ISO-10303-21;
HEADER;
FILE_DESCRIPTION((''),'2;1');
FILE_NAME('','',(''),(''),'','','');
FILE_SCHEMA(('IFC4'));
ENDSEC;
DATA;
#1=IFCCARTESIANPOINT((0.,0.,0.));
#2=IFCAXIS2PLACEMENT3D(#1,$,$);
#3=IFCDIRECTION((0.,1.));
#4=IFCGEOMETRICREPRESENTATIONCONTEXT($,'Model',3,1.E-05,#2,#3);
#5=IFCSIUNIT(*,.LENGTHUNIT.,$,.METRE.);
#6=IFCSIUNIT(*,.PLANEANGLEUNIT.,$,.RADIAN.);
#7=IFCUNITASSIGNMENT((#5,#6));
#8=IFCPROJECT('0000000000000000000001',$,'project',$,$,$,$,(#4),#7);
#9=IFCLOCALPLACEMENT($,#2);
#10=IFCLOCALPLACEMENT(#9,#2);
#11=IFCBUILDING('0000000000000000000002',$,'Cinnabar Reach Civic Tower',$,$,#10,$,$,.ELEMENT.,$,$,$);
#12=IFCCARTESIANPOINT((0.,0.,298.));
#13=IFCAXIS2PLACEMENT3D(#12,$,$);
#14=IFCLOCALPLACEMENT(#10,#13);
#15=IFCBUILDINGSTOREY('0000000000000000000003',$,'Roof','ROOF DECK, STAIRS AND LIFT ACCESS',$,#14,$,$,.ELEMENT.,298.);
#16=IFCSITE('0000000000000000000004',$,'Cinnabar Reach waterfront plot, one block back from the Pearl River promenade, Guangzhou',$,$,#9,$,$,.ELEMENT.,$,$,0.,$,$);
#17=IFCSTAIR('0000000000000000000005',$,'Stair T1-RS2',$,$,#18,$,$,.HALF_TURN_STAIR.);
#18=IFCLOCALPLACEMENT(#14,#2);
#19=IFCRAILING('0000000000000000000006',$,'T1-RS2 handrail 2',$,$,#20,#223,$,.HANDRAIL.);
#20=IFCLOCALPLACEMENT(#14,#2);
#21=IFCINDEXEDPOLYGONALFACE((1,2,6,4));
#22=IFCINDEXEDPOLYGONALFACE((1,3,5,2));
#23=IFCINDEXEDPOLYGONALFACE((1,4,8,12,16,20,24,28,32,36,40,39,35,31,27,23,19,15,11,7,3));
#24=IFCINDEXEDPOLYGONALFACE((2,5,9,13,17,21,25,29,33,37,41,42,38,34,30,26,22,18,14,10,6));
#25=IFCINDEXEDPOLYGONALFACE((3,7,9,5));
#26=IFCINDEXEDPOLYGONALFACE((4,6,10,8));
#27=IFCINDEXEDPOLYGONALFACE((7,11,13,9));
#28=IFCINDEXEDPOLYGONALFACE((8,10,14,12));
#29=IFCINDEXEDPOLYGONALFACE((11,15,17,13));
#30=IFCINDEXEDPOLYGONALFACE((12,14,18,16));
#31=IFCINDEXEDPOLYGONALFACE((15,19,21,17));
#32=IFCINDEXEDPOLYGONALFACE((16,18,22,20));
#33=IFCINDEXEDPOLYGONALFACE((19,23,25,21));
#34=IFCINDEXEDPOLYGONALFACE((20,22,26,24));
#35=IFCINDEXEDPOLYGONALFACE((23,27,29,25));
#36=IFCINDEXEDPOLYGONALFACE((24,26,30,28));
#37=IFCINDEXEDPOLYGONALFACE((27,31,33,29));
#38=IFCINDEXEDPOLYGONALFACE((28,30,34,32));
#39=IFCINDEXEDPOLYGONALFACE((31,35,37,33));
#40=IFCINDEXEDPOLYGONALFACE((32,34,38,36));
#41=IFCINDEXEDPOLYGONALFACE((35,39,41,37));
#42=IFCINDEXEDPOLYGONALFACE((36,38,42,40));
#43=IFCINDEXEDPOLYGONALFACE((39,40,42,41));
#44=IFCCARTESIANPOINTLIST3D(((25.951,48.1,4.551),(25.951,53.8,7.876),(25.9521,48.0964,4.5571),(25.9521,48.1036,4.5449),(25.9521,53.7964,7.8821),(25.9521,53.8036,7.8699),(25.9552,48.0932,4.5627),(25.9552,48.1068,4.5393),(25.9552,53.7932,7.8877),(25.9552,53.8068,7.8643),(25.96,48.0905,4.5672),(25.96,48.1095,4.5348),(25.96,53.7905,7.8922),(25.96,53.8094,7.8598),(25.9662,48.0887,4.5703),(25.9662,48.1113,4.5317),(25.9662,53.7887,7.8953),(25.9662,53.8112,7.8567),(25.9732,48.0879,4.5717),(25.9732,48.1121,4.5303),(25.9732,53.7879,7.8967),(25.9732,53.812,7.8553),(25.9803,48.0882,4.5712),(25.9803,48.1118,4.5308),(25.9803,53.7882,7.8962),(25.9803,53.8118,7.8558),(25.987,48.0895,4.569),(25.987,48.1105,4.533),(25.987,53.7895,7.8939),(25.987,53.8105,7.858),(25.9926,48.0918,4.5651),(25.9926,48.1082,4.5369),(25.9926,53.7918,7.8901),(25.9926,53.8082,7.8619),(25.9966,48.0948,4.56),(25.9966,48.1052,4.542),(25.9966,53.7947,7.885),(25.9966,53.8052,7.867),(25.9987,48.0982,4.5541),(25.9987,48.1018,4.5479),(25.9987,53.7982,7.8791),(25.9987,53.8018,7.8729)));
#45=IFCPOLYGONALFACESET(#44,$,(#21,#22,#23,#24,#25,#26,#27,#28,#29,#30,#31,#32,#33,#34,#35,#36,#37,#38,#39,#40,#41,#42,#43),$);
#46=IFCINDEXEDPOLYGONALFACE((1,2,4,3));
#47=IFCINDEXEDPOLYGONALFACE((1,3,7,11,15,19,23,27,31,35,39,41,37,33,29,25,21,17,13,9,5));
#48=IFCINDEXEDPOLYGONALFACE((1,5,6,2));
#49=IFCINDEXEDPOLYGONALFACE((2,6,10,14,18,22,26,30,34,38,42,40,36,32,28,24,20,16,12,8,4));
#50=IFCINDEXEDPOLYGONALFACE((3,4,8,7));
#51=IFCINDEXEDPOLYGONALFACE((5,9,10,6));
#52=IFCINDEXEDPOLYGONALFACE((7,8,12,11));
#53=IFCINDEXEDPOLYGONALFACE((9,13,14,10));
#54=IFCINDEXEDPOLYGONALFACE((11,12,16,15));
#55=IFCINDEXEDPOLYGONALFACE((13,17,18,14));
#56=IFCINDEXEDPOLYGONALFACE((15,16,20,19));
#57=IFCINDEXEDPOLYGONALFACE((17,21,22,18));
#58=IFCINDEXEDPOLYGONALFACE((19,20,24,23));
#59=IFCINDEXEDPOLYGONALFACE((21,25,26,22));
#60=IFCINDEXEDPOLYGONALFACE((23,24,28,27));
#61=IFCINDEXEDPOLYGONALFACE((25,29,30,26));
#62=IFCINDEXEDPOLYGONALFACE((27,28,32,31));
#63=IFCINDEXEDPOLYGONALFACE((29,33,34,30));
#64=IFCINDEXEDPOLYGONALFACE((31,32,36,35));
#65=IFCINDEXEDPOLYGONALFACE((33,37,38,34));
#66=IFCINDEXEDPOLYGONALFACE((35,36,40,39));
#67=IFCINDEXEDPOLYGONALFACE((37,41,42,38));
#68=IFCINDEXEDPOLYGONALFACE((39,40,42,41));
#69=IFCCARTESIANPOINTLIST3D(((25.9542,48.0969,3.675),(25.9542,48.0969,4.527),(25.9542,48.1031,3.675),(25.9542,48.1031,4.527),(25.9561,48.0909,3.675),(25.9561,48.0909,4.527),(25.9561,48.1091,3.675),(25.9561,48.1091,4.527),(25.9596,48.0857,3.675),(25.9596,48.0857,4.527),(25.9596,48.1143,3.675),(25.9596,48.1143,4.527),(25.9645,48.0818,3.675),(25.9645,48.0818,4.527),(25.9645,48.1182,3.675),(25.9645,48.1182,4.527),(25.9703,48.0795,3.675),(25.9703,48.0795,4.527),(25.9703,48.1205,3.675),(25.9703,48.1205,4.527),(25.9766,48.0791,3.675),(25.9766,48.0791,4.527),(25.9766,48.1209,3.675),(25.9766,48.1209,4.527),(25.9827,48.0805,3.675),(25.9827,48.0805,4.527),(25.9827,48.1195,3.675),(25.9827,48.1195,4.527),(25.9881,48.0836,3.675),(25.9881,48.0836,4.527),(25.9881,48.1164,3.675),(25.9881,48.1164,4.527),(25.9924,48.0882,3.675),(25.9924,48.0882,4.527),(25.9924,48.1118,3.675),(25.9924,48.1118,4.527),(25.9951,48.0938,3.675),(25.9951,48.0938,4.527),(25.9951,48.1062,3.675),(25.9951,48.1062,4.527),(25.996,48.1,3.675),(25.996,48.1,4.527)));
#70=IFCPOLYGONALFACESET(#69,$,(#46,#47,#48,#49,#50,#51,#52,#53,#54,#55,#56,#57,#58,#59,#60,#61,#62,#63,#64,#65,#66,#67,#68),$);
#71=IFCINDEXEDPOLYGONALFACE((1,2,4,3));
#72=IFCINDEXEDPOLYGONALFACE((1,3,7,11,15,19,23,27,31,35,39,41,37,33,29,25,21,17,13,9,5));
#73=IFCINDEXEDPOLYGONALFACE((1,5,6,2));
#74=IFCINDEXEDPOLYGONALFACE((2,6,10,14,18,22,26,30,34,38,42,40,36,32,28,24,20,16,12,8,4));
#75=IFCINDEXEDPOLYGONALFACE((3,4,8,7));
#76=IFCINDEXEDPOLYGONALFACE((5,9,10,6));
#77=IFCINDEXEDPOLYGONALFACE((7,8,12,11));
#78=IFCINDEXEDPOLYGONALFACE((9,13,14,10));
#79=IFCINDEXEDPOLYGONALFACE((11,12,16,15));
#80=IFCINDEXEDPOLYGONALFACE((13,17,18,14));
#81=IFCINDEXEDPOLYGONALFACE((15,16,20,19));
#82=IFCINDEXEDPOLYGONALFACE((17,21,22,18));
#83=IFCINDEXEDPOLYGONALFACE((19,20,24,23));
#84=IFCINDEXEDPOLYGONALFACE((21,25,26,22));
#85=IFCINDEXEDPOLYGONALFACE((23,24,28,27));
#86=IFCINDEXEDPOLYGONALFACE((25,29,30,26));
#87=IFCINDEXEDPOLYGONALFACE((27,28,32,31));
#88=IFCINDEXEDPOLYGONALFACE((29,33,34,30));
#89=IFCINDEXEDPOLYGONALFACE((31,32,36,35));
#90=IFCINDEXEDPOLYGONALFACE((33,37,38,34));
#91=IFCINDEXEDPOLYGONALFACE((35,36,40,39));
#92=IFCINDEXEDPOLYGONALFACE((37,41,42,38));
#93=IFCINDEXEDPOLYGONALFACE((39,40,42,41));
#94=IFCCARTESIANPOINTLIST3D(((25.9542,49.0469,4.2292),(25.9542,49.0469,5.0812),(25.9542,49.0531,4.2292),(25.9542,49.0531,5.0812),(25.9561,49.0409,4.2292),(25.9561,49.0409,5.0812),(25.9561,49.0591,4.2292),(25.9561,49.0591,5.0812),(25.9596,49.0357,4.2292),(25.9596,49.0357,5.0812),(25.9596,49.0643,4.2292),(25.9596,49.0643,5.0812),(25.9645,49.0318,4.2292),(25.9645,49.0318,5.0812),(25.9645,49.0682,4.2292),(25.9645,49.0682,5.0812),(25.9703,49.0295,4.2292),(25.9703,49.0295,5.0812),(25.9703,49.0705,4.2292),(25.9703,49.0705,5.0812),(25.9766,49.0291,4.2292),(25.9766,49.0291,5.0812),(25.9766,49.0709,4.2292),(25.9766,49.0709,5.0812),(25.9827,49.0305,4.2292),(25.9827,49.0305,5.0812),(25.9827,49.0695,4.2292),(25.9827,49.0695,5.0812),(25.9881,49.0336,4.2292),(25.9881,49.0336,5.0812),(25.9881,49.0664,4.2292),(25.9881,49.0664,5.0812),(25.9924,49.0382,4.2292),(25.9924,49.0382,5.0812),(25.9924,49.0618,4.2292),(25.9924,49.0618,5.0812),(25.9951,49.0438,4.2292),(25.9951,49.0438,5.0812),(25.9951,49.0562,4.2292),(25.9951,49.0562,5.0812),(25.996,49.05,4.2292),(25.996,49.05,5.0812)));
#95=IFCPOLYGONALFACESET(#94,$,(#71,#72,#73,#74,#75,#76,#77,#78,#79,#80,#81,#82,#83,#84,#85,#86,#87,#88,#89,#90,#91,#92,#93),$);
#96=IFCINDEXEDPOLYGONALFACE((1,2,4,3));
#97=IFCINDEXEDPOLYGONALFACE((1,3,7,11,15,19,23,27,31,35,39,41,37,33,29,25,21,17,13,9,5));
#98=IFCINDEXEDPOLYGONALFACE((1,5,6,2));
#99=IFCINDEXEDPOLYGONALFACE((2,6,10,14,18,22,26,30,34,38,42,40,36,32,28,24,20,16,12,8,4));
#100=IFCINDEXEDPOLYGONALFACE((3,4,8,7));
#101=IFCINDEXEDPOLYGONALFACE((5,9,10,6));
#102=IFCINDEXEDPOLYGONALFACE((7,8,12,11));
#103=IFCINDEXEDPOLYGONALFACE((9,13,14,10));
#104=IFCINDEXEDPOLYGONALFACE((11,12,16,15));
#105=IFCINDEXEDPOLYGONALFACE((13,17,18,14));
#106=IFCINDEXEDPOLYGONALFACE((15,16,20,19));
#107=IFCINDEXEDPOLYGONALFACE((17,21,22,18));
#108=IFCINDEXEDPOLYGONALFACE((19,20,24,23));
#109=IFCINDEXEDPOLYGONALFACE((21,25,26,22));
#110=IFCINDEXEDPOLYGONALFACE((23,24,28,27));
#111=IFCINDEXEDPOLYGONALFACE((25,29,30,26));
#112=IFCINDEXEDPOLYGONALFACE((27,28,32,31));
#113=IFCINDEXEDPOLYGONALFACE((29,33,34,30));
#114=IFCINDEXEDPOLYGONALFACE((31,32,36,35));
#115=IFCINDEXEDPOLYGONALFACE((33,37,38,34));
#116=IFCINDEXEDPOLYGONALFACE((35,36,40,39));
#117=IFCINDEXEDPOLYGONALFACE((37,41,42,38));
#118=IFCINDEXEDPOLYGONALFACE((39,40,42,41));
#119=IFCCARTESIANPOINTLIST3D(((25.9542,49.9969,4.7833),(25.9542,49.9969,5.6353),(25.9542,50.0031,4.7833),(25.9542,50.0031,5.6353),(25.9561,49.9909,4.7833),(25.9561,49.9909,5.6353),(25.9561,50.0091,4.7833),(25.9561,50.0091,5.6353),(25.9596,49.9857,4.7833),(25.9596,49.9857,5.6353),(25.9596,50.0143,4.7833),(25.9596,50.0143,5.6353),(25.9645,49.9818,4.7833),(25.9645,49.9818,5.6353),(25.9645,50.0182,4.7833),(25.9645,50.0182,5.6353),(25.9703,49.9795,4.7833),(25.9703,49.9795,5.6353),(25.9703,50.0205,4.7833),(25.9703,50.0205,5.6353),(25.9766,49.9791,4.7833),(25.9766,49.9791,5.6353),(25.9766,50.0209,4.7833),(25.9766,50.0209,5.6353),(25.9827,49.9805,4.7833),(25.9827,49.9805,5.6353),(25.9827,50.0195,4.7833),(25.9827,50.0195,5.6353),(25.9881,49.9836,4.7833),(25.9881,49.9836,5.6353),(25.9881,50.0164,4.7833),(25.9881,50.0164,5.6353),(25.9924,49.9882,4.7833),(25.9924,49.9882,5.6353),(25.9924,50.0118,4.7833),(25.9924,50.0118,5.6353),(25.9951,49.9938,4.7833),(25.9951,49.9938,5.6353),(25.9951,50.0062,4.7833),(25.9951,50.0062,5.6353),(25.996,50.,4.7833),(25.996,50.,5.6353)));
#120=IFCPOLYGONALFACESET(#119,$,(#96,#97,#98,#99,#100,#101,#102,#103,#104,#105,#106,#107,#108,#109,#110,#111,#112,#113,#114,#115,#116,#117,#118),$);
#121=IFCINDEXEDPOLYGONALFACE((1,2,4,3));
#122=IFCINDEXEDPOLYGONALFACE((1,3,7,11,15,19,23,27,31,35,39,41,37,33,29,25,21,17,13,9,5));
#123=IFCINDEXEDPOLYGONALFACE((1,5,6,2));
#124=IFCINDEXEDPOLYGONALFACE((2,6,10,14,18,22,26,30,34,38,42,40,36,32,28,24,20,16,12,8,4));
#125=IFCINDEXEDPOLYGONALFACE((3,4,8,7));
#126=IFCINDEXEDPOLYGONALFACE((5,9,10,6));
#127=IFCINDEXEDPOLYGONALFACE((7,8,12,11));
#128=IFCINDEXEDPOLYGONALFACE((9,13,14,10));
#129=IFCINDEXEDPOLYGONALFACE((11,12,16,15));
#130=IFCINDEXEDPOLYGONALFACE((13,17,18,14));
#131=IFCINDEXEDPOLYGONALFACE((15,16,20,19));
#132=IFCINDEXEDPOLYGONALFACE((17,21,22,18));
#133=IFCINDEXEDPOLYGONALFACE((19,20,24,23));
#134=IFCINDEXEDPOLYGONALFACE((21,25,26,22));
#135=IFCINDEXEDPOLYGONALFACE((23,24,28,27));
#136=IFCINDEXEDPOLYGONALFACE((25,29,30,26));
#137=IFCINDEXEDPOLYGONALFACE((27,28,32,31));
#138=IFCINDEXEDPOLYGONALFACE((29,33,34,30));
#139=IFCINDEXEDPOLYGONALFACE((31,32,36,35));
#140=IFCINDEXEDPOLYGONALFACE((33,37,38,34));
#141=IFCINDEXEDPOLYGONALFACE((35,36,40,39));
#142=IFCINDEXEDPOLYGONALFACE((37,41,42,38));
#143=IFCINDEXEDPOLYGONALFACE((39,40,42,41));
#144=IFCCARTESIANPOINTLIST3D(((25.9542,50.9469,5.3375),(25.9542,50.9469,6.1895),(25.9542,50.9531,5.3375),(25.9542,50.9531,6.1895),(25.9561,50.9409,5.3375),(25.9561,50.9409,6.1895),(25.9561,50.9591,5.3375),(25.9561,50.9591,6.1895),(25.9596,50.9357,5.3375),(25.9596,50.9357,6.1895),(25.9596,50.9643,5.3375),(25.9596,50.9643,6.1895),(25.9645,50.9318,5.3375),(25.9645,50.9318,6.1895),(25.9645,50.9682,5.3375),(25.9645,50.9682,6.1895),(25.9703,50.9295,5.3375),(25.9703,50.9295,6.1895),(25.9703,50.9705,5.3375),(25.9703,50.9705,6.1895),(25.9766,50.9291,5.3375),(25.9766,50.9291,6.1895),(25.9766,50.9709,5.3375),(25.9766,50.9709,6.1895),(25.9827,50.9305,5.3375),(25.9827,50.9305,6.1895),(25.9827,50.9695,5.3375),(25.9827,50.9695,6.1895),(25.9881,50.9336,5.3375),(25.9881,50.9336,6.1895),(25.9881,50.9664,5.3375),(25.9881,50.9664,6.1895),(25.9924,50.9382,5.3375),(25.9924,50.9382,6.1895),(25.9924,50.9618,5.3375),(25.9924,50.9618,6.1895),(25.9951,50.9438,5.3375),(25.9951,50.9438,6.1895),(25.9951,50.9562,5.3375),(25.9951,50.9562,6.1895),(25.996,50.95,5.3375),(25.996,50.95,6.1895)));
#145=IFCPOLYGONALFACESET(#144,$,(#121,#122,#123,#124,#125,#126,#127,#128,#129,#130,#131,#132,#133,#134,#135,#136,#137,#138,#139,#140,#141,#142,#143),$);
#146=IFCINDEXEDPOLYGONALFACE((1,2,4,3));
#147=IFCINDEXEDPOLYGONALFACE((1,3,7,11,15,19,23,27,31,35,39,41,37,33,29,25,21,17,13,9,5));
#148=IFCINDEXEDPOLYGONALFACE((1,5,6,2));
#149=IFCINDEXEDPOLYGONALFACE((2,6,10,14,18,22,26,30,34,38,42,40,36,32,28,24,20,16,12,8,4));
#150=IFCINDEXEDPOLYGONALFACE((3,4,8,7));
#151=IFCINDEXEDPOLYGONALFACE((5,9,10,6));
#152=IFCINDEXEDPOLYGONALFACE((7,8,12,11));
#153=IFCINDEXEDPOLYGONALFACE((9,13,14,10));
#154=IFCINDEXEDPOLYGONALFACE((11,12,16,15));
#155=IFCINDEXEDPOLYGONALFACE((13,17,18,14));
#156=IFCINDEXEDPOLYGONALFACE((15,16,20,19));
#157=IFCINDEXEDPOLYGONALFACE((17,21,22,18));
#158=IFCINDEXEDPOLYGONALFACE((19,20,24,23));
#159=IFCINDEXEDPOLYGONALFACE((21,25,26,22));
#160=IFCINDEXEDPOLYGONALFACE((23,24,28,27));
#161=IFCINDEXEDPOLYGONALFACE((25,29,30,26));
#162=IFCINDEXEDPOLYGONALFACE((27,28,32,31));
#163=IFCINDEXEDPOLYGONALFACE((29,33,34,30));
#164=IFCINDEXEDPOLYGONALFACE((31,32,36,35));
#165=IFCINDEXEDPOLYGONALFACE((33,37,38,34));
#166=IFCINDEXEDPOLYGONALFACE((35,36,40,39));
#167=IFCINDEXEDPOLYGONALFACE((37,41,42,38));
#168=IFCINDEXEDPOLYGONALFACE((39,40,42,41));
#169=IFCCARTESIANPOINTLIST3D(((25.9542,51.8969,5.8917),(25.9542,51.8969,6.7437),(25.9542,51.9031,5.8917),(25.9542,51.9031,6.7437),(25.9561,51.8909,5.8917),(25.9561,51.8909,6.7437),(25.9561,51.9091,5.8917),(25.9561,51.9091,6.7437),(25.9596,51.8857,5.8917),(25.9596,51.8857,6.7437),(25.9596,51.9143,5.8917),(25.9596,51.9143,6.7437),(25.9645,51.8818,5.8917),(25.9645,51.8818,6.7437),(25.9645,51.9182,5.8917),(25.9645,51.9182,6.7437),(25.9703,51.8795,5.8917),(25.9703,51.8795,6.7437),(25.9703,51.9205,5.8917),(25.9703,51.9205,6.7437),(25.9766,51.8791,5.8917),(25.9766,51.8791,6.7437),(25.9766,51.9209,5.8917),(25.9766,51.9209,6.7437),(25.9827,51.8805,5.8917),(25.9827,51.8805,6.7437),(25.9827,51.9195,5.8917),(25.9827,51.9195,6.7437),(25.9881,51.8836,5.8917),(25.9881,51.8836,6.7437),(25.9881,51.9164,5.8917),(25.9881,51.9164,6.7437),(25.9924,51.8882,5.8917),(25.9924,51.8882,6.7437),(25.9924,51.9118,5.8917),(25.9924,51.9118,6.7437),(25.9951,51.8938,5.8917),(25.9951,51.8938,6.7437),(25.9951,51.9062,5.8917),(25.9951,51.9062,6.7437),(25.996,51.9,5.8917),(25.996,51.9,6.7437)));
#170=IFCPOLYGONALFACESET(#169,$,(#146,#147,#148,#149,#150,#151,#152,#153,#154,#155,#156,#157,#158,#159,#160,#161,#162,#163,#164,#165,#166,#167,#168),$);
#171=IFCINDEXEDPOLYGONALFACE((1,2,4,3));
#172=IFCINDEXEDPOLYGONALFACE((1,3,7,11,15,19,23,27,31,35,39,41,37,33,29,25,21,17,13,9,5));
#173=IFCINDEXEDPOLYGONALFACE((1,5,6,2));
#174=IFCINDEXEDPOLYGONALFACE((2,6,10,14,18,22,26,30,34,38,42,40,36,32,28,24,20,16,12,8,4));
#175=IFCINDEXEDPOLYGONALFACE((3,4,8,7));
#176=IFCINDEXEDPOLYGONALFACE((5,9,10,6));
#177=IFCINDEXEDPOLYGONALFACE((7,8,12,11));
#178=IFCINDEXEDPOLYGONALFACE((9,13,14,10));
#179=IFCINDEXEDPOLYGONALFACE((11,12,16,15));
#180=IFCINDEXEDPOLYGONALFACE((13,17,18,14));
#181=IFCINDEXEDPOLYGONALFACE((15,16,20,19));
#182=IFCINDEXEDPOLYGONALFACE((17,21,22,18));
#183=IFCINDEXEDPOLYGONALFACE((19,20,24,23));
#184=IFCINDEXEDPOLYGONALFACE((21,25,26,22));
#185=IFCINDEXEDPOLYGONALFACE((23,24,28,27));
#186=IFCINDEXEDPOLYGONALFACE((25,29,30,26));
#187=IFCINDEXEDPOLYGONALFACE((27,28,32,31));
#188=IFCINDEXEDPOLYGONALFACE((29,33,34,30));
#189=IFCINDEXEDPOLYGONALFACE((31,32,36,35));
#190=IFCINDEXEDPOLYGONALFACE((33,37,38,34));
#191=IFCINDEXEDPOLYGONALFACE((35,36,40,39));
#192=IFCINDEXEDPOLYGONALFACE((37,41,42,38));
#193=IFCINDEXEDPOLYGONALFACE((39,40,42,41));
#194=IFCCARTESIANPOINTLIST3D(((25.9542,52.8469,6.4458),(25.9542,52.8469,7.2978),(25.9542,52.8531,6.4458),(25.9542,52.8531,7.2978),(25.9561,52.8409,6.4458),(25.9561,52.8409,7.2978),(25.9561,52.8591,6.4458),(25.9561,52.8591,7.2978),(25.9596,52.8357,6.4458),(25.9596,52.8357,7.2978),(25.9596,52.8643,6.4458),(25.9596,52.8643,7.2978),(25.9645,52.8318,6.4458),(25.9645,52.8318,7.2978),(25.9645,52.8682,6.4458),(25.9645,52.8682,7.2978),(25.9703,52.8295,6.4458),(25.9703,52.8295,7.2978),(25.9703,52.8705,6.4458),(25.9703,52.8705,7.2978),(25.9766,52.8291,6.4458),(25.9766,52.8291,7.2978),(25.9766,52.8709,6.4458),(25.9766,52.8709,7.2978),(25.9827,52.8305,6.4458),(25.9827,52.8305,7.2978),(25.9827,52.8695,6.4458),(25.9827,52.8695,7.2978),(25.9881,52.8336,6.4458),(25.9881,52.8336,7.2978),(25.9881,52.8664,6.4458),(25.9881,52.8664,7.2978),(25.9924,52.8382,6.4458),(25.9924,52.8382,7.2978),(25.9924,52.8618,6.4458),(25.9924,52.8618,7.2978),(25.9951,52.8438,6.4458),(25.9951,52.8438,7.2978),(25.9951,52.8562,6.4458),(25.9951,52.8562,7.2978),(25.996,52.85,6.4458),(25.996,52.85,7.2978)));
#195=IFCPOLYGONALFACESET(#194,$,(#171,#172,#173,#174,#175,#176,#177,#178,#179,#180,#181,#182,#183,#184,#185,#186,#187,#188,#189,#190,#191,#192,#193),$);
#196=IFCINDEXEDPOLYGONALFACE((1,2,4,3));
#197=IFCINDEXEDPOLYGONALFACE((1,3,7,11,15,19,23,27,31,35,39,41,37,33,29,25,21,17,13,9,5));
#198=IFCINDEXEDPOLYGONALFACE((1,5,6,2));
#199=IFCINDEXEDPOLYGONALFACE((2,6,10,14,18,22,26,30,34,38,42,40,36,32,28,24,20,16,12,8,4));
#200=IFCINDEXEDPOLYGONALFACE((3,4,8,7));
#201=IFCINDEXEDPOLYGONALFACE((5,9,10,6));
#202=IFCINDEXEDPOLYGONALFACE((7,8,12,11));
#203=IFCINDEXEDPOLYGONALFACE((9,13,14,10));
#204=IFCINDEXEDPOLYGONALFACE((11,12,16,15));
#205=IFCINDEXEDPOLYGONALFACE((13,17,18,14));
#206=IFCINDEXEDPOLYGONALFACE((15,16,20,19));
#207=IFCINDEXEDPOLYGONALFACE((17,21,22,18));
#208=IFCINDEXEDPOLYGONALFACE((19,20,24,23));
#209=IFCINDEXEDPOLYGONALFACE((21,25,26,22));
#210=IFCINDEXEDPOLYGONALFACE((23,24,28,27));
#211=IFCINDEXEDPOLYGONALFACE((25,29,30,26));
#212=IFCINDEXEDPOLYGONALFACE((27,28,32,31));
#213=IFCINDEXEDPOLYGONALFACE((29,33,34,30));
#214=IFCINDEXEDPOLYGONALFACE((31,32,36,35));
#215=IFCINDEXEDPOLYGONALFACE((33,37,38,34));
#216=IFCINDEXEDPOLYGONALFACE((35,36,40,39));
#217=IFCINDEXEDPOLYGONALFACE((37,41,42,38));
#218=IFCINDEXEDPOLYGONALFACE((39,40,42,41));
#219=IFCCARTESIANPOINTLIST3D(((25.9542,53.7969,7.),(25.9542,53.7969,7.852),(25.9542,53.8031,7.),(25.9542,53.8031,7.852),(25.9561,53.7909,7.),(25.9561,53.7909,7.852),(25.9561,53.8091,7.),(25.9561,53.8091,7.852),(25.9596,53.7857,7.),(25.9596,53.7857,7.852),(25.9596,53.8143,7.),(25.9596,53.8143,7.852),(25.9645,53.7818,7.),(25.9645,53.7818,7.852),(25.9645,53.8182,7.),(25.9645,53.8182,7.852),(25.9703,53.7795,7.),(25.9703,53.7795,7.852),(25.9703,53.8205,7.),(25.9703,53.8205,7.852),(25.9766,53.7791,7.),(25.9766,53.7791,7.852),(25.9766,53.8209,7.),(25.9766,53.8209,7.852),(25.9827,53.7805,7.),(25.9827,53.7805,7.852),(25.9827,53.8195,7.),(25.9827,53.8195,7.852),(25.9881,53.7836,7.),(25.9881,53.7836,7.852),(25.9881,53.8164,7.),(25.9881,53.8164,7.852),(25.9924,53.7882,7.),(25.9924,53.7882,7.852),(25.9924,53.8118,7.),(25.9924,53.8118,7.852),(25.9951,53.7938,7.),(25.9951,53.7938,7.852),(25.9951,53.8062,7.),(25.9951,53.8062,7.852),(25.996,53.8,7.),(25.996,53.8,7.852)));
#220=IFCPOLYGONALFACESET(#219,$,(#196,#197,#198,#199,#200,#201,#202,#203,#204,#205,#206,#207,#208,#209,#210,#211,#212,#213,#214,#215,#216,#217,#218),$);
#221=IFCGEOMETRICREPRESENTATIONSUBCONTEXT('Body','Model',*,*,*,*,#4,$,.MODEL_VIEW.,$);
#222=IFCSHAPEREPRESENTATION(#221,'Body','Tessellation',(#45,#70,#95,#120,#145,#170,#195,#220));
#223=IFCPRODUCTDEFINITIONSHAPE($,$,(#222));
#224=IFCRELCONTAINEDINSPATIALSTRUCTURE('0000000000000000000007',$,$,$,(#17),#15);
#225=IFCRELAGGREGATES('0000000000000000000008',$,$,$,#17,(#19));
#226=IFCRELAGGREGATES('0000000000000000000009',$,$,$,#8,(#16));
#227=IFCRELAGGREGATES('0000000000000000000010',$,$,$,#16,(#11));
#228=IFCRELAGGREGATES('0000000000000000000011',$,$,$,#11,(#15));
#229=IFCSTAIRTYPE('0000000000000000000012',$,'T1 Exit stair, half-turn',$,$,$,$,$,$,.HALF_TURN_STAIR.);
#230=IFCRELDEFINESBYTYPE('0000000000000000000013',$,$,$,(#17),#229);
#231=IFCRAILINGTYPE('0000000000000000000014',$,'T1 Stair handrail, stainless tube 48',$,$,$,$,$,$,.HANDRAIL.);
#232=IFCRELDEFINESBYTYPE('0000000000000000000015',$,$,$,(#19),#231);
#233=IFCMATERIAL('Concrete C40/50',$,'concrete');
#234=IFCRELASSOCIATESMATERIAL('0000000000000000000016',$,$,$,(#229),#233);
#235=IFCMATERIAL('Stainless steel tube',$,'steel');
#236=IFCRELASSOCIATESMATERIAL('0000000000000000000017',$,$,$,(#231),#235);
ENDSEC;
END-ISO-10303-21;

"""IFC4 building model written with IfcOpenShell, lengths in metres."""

from ifc_helpers import new_model, si_unit, direction, frame, origin, origin_2d, place, context, subcontext, project, spatial, circle, extrude, material, type_object, element, aggregate, save


model = new_model("IFC4")

# Units and contexts
model_context = context("Model", 3, precision=1e-05, world=origin(), true_north=direction((0.0, 1.0)))
body_context = subcontext(model_context, "Body", "Model", "MODEL_VIEW")
ifc_project = project(units=[si_unit("LENGTHUNIT", "METRE"), si_unit("PLANEANGLEUNIT", "RADIAN")], contexts=[model_context])

# Site, building, storey
site_placement = place(None, origin())
site = spatial("IfcSite", under=ifc_project, at=site_placement, Name="Cinnabar Reach waterfront plot, one block back from the Pearl River promenade, Guangzhou", CompositionType="ELEMENT", RefElevation=0.0)
building_placement = place(site_placement, origin())
building = spatial("IfcBuilding", under=site, at=building_placement, Name="Cinnabar Reach Civic Tower", CompositionType="ELEMENT")
storey_placement = place(building_placement, frame((0.0, 0.0, 298.0)))
storey = spatial("IfcBuildingStorey", under=building, at=storey_placement, Name="Roof", Description="ROOF DECK, STAIRS AND LIFT ACCESS", CompositionType="ELEMENT", Elevation=298.0)

# Shared definitions
ifc_material_1 = material(Name="Concrete C40/50", Category="concrete")

# Stair, railing
stair_type = type_object("IfcStairType", Name="T1 Exit stair, half-turn", PredefinedType="HALF_TURN_STAIR", material=ifc_material_1)
stair_placement = place(storey_placement, origin())
stair = element("IfcStair", 1, at=stair_placement, inside=storey, type_object=stair_type, Name="Stair T1-RS2", PredefinedType="HALF_TURN_STAIR")
ifc_material_2 = material(Name="Stainless steel tube", Category="steel")
railing_type_1 = type_object("IfcRailingType", Name="T1 Stair handrail, stainless tube 48", PredefinedType="HANDRAIL", material=ifc_material_2)
railing_1_placement = place(storey_placement, frame((25.975, 48.1, 3.675)))
railing_1 = element("IfcRailing", 2, at=railing_1_placement, type_object=railing_type_1, Name="T1-RS2 handrail 2", PredefinedType="HANDRAIL", context=body_context, shape_type="SweptSolid", body=[
    extrude(circle(Radius=0.024, at=origin_2d()), frame((0.0, 0.0, 0.876), z_axis=(0.0, 0.863779, 0.503871), x_axis=(-1.0, 0.0, 0.0)), (0.0, 0.0, 1.0), 6.5989),
    extrude(circle(Radius=0.021, at=origin_2d()), origin(), (0.0, 0.0, 1.0), 0.852),
    extrude(circle(Radius=0.021, at=origin_2d()), frame((0.0, 0.95, 0.5542)), (0.0, 0.0, 1.0), 0.852),
    extrude(circle(Radius=0.021, at=origin_2d()), frame((0.0, 1.9, 1.1083)), (0.0, 0.0, 1.0), 0.852),
    extrude(circle(Radius=0.021, at=origin_2d()), frame((0.0, 2.85, 1.6625)), (0.0, 0.0, 1.0), 0.852),
    extrude(circle(Radius=0.021, at=origin_2d()), frame((0.0, 3.8, 2.2167)), (0.0, 0.0, 1.0), 0.852),
    extrude(circle(Radius=0.021, at=origin_2d()), frame((0.0, 4.75, 2.7708)), (0.0, 0.0, 1.0), 0.852),
    extrude(circle(Radius=0.021, at=origin_2d()), frame((0.0, 5.7, 3.325)), (0.0, 0.0, 1.0), 0.852),
])
aggregate(stair, [railing_1])

save(model, "model.ifc")
